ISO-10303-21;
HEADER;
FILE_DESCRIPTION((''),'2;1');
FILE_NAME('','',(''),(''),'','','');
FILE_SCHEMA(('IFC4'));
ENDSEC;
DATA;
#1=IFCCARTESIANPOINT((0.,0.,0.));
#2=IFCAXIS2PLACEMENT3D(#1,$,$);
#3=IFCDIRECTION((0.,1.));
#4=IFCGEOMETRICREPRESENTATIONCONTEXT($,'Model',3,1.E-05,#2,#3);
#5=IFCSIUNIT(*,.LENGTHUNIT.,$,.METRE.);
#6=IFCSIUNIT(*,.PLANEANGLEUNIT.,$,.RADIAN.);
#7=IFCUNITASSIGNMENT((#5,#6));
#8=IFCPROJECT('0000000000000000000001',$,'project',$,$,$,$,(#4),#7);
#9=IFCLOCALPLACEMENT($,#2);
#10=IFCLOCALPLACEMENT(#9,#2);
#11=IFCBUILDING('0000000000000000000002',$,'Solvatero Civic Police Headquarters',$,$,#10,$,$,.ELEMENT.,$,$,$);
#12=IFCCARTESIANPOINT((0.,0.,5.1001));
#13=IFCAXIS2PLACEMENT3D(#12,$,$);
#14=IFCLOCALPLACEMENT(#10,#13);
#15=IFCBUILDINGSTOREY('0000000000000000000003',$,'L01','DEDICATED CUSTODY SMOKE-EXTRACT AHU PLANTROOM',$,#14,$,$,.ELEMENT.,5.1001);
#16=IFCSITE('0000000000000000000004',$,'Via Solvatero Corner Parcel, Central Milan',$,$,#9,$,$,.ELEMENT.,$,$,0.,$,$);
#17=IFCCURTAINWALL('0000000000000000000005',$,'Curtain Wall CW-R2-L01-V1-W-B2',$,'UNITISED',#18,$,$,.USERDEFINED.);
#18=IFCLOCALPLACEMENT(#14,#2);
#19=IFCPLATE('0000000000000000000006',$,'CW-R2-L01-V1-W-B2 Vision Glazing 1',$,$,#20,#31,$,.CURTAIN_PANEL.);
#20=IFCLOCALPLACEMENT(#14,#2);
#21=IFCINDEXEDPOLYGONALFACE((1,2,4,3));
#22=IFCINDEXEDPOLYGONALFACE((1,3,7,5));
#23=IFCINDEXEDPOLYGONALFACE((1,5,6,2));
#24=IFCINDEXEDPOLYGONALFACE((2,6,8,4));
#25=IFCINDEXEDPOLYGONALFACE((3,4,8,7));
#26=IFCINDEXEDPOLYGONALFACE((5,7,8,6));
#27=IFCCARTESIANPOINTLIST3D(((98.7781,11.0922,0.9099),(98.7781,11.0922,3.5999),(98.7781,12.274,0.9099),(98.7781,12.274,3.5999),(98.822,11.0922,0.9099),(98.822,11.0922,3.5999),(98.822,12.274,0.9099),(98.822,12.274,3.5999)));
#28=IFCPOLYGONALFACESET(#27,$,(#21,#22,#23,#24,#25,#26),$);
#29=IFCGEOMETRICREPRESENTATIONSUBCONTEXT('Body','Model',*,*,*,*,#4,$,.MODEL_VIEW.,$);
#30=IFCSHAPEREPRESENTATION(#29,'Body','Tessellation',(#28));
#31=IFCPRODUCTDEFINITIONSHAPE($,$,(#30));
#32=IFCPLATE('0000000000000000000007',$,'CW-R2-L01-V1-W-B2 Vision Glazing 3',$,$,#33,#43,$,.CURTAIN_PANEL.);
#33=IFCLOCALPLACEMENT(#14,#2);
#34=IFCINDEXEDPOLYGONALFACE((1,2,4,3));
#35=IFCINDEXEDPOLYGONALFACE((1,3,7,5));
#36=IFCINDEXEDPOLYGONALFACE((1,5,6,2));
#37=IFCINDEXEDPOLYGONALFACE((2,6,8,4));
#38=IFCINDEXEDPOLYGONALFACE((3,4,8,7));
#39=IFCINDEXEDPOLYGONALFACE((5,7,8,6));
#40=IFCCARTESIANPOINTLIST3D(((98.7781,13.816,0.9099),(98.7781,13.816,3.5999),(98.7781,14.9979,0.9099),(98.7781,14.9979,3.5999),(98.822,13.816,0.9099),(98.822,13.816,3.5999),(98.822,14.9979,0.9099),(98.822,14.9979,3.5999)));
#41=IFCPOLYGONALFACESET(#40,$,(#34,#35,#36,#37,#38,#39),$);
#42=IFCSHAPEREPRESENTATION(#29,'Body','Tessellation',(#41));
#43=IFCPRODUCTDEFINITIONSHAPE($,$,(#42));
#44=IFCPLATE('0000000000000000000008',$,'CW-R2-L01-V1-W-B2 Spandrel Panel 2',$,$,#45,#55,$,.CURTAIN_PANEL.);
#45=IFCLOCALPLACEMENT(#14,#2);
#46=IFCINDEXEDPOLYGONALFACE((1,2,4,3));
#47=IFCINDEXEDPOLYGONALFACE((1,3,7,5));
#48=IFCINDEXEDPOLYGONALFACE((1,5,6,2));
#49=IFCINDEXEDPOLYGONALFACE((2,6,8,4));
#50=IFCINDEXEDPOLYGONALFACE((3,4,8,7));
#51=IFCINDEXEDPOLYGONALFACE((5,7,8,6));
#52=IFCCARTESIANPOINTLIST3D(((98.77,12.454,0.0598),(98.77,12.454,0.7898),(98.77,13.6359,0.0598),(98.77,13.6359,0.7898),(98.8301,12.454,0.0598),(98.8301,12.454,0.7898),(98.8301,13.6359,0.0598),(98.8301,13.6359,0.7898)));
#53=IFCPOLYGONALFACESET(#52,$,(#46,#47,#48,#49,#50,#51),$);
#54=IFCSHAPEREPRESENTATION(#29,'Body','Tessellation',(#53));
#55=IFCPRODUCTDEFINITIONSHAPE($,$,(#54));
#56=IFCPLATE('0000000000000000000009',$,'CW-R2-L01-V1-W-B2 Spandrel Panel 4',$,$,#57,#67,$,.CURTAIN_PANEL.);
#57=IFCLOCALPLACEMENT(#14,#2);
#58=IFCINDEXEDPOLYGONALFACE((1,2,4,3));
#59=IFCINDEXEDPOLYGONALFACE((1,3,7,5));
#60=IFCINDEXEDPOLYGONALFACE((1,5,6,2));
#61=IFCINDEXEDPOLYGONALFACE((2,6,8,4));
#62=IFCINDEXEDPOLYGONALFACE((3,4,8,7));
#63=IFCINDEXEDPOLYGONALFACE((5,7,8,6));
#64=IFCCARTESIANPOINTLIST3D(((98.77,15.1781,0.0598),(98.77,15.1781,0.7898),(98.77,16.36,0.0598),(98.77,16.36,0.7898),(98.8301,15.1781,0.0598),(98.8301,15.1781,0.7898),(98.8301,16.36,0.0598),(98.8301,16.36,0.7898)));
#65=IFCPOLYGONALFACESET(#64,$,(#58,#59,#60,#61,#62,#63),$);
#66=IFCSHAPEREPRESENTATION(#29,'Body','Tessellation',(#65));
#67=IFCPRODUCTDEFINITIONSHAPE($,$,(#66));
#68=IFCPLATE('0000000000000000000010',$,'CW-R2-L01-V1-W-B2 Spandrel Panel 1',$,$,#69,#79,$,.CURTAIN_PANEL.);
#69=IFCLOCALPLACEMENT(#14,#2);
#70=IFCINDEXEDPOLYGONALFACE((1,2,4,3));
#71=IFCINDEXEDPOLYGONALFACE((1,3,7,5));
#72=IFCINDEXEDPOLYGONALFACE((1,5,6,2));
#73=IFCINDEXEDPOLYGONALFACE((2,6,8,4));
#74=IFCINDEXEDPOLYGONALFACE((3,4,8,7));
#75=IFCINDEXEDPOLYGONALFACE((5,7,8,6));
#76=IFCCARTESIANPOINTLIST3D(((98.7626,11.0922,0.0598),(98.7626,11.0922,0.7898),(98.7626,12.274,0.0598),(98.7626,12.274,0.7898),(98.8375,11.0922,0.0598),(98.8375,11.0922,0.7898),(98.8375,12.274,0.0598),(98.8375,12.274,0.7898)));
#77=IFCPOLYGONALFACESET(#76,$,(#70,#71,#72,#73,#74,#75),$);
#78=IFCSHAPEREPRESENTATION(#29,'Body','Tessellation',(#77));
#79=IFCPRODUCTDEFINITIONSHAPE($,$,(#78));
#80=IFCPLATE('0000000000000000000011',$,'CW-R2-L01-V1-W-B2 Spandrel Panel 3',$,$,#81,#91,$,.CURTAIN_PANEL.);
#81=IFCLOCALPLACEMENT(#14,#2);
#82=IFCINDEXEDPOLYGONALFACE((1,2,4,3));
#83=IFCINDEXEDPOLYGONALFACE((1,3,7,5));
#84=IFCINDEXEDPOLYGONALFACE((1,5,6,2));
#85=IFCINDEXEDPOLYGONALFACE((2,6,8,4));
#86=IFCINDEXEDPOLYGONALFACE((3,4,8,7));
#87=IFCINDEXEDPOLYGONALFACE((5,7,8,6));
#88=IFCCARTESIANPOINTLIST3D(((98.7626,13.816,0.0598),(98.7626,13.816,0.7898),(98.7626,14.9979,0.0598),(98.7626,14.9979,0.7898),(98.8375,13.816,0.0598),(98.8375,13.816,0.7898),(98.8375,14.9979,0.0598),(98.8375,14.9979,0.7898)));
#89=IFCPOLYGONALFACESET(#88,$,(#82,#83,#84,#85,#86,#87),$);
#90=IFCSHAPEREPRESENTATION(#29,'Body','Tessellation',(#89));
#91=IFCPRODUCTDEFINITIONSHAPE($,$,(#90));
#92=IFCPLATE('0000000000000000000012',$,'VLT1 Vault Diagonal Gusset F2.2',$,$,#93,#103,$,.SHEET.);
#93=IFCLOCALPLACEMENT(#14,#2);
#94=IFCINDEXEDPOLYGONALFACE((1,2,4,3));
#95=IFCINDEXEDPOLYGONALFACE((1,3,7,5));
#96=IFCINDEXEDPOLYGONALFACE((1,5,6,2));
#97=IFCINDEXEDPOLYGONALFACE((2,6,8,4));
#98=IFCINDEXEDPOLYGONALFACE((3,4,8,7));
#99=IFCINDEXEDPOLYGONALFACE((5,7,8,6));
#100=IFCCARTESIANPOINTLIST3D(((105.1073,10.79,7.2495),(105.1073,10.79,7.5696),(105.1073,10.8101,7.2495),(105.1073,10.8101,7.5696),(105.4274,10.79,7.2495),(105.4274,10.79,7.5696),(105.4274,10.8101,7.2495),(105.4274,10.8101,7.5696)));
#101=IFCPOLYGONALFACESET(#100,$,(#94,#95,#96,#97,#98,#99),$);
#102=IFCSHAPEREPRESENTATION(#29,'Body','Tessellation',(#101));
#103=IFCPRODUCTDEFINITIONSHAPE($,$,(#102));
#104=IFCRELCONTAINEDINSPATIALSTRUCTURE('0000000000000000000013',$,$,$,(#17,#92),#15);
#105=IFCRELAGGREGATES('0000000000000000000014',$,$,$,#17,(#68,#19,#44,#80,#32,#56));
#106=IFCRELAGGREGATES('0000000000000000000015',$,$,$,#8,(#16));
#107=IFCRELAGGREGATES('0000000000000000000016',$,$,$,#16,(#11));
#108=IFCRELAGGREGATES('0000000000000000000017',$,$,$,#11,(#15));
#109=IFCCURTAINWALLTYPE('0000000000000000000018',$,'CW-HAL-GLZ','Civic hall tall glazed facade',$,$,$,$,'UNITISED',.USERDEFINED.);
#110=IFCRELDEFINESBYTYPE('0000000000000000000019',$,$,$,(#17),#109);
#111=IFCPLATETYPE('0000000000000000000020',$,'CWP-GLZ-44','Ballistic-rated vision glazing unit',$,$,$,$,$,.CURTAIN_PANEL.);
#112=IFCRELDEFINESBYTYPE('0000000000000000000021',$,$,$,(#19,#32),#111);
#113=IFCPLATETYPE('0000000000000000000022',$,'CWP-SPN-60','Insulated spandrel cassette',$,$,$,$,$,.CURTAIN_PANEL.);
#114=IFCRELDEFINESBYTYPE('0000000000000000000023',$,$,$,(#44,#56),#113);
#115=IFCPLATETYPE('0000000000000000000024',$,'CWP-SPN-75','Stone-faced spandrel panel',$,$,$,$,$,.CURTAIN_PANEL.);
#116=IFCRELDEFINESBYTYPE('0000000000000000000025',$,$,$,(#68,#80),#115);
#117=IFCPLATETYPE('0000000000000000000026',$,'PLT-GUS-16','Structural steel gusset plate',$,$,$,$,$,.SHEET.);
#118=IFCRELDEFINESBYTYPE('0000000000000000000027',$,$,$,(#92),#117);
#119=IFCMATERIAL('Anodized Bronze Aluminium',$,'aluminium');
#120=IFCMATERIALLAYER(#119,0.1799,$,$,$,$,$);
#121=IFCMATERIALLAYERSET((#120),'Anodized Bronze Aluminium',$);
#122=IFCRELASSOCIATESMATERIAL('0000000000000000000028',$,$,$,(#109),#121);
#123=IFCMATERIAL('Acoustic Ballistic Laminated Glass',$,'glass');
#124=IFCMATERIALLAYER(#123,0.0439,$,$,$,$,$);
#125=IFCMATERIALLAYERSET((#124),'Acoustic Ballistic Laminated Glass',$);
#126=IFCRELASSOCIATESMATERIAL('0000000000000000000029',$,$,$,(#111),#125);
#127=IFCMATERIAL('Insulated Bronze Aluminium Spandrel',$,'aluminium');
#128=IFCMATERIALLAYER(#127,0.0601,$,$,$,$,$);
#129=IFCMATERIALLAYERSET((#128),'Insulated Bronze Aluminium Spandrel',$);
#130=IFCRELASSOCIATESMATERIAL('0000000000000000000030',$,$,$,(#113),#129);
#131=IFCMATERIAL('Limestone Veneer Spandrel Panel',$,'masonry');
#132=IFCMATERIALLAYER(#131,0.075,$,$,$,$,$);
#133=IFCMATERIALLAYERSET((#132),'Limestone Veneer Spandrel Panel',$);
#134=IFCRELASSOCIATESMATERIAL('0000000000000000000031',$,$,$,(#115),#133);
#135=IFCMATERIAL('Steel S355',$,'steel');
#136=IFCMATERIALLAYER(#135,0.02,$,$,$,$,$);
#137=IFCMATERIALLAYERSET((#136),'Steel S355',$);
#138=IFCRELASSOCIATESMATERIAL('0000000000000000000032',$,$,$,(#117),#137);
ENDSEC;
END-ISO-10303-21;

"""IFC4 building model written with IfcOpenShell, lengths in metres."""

from ifc_helpers import new_model, si_unit, direction, frame, origin, origin_2d, place, context, subcontext, project, spatial, rectangle, extrude, material, layer, layer_set, type_object, element, aggregate, save


model = new_model("IFC4")

# Units and contexts
model_context = context("Model", 3, precision=1e-05, world=origin(), true_north=direction((0.0, 1.0)))
body_context = subcontext(model_context, "Body", "Model", "MODEL_VIEW")
ifc_project = project(units=[si_unit("LENGTHUNIT", "METRE"), si_unit("PLANEANGLEUNIT", "RADIAN")], contexts=[model_context])

# Site, building, storey
site_placement = place(None, origin())
site = spatial("IfcSite", under=ifc_project, at=site_placement, Name="Via Solvatero Corner Parcel, Central Milan", CompositionType="ELEMENT", RefElevation=0.0)
building_placement = place(site_placement, origin())
building = spatial("IfcBuilding", under=site, at=building_placement, Name="Solvatero Civic Police Headquarters", CompositionType="ELEMENT")
storey_placement = place(building_placement, frame((0.0, 0.0, 5.1001)))
storey = spatial("IfcBuildingStorey", under=building, at=storey_placement, Name="L01", Description="DEDICATED CUSTODY SMOKE-EXTRACT AHU PLANTROOM", CompositionType="ELEMENT", Elevation=5.1001)

# Shared definitions
ifc_material_1 = material(Name="Steel S355", Category="steel")

# Curtain wall
ifc_material_2 = material(Name="Anodized Bronze Aluminium", Category="aluminium")
ifc_layer_1 = layer(ifc_material_2, 0.1799)
ifc_layer_set_1 = layer_set([ifc_layer_1], Name="Anodized Bronze Aluminium")
curtain_wall_type = type_object("IfcCurtainWallType", Name="CW-HAL-GLZ", Description="Civic hall tall glazed facade", ElementType="UNITISED", PredefinedType="USERDEFINED", material=ifc_layer_set_1)
curtain_wall_placement = place(storey_placement, origin())
curtain_wall = element("IfcCurtainWall", 1, at=curtain_wall_placement, inside=storey, type_object=curtain_wall_type, Name="Curtain Wall CW-R2-L01-V1-W-B2", ObjectType="UNITISED", PredefinedType="USERDEFINED")

# Plates
ifc_material_3 = material(Name="Acoustic Ballistic Laminated Glass", Category="glass")
ifc_layer_2 = layer(ifc_material_3, 0.0439)
ifc_layer_set_2 = layer_set([ifc_layer_2], Name="Acoustic Ballistic Laminated Glass")
plate_type_1 = type_object("IfcPlateType", Name="CWP-GLZ-44", Description="Ballistic-rated vision glazing unit", PredefinedType="CURTAIN_PANEL", material=ifc_layer_set_2)
plate_1_placement = place(storey_placement, frame((98.8, 11.6831, 0.9099), z_axis=(0.0, 0.0, 1.0), x_axis=(0.0, 1.0, 0.0)))
plate_1 = element("IfcPlate", 2, at=plate_1_placement, type_object=plate_type_1, Name="CW-R2-L01-V1-W-B2 Vision Glazing 1", PredefinedType="CURTAIN_PANEL", context=body_context, shape_type="SweptSolid", body=[
    extrude(rectangle(XDim=1.1819, YDim=0.0439, at=origin_2d()), origin(), (0.0, 0.0, 1.0), 2.6899),
])
plate_2_placement = place(storey_placement, frame((98.8, 14.407, 0.9099), z_axis=(0.0, 0.0, 1.0), x_axis=(0.0, 1.0, 0.0)))
plate_2 = element("IfcPlate", 3, at=plate_2_placement, type_object=plate_type_1, Name="CW-R2-L01-V1-W-B2 Vision Glazing 3", PredefinedType="CURTAIN_PANEL", context=body_context, shape_type="SweptSolid", body=[
    extrude(rectangle(XDim=1.1819, YDim=0.0439, at=origin_2d()), origin(), (0.0, 0.0, 1.0), 2.6899),
])
ifc_material_4 = material(Name="Insulated Bronze Aluminium Spandrel", Category="aluminium")
ifc_layer_3 = layer(ifc_material_4, 0.0601)
ifc_layer_set_3 = layer_set([ifc_layer_3], Name="Insulated Bronze Aluminium Spandrel")
plate_type_2 = type_object("IfcPlateType", Name="CWP-SPN-60", Description="Insulated spandrel cassette", PredefinedType="CURTAIN_PANEL", material=ifc_layer_set_3)
plate_3_placement = place(storey_placement, frame((98.8, 13.0449, 0.0598), z_axis=(0.0, 0.0, 1.0), x_axis=(0.0, 1.0, 0.0)))
plate_3 = element("IfcPlate", 4, at=plate_3_placement, type_object=plate_type_2, Name="CW-R2-L01-V1-W-B2 Spandrel Panel 2", PredefinedType="CURTAIN_PANEL", context=body_context, shape_type="SweptSolid", body=[
    extrude(rectangle(XDim=1.1819, YDim=0.0601, at=origin_2d()), origin(), (0.0, 0.0, 1.0), 0.73),
])
plate_4_placement = place(storey_placement, frame((98.8, 15.769, 0.0598), z_axis=(0.0, 0.0, 1.0), x_axis=(0.0, 1.0, 0.0)))
plate_4 = element("IfcPlate", 5, at=plate_4_placement, type_object=plate_type_2, Name="CW-R2-L01-V1-W-B2 Spandrel Panel 4", PredefinedType="CURTAIN_PANEL", context=body_context, shape_type="SweptSolid", body=[
    extrude(rectangle(XDim=1.1819, YDim=0.0601, at=origin_2d()), origin(), (0.0, 0.0, 1.0), 0.73),
])
ifc_material_5 = material(Name="Limestone Veneer Spandrel Panel", Category="masonry")
ifc_layer_4 = layer(ifc_material_5, 0.075)
ifc_layer_set_4 = layer_set([ifc_layer_4], Name="Limestone Veneer Spandrel Panel")
plate_type_3 = type_object("IfcPlateType", Name="CWP-SPN-75", Description="Stone-faced spandrel panel", PredefinedType="CURTAIN_PANEL", material=ifc_layer_set_4)
plate_5_placement = place(storey_placement, frame((98.8, 11.6831, 0.0598), z_axis=(0.0, 0.0, 1.0), x_axis=(0.0, 1.0, 0.0)))
plate_5 = element("IfcPlate", 6, at=plate_5_placement, type_object=plate_type_3, Name="CW-R2-L01-V1-W-B2 Spandrel Panel 1", PredefinedType="CURTAIN_PANEL", context=body_context, shape_type="SweptSolid", body=[
    extrude(rectangle(XDim=1.1819, YDim=0.075, at=origin_2d()), origin(), (0.0, 0.0, 1.0), 0.73),
])
plate_6_placement = place(storey_placement, frame((98.8, 14.407, 0.0598), z_axis=(0.0, 0.0, 1.0), x_axis=(0.0, 1.0, 0.0)))
plate_6 = element("IfcPlate", 7, at=plate_6_placement, type_object=plate_type_3, Name="CW-R2-L01-V1-W-B2 Spandrel Panel 3", PredefinedType="CURTAIN_PANEL", context=body_context, shape_type="SweptSolid", body=[
    extrude(rectangle(XDim=1.1819, YDim=0.075, at=origin_2d()), origin(), (0.0, 0.0, 1.0), 0.73),
])
aggregate(curtain_wall, [plate_5, plate_1, plate_3, plate_6, plate_2, plate_4])
ifc_layer_5 = layer(ifc_material_1, 0.02)
ifc_layer_set_5 = layer_set([ifc_layer_5], Name="Steel S355")
plate_type_4 = type_object("IfcPlateType", Name="PLT-GUS-16", Description="Structural steel gusset plate", PredefinedType="SHEET", material=ifc_layer_set_5)
plate_7_placement = place(storey_placement, frame((105.2673, 10.8, 7.2495), z_axis=(0.0, 0.0, 1.0), x_axis=(1.0, 0.0, 0.0)))
element("IfcPlate", 8, at=plate_7_placement, inside=storey, type_object=plate_type_4, Name="VLT1 Vault Diagonal Gusset F2.2", PredefinedType="SHEET", context=body_context, shape_type="SweptSolid", body=[
    extrude(rectangle(XDim=0.3201, YDim=0.02, at=origin_2d()), origin(), (0.0, 0.0, 1.0), 0.3201),
])

save(model, "model.ifc")
